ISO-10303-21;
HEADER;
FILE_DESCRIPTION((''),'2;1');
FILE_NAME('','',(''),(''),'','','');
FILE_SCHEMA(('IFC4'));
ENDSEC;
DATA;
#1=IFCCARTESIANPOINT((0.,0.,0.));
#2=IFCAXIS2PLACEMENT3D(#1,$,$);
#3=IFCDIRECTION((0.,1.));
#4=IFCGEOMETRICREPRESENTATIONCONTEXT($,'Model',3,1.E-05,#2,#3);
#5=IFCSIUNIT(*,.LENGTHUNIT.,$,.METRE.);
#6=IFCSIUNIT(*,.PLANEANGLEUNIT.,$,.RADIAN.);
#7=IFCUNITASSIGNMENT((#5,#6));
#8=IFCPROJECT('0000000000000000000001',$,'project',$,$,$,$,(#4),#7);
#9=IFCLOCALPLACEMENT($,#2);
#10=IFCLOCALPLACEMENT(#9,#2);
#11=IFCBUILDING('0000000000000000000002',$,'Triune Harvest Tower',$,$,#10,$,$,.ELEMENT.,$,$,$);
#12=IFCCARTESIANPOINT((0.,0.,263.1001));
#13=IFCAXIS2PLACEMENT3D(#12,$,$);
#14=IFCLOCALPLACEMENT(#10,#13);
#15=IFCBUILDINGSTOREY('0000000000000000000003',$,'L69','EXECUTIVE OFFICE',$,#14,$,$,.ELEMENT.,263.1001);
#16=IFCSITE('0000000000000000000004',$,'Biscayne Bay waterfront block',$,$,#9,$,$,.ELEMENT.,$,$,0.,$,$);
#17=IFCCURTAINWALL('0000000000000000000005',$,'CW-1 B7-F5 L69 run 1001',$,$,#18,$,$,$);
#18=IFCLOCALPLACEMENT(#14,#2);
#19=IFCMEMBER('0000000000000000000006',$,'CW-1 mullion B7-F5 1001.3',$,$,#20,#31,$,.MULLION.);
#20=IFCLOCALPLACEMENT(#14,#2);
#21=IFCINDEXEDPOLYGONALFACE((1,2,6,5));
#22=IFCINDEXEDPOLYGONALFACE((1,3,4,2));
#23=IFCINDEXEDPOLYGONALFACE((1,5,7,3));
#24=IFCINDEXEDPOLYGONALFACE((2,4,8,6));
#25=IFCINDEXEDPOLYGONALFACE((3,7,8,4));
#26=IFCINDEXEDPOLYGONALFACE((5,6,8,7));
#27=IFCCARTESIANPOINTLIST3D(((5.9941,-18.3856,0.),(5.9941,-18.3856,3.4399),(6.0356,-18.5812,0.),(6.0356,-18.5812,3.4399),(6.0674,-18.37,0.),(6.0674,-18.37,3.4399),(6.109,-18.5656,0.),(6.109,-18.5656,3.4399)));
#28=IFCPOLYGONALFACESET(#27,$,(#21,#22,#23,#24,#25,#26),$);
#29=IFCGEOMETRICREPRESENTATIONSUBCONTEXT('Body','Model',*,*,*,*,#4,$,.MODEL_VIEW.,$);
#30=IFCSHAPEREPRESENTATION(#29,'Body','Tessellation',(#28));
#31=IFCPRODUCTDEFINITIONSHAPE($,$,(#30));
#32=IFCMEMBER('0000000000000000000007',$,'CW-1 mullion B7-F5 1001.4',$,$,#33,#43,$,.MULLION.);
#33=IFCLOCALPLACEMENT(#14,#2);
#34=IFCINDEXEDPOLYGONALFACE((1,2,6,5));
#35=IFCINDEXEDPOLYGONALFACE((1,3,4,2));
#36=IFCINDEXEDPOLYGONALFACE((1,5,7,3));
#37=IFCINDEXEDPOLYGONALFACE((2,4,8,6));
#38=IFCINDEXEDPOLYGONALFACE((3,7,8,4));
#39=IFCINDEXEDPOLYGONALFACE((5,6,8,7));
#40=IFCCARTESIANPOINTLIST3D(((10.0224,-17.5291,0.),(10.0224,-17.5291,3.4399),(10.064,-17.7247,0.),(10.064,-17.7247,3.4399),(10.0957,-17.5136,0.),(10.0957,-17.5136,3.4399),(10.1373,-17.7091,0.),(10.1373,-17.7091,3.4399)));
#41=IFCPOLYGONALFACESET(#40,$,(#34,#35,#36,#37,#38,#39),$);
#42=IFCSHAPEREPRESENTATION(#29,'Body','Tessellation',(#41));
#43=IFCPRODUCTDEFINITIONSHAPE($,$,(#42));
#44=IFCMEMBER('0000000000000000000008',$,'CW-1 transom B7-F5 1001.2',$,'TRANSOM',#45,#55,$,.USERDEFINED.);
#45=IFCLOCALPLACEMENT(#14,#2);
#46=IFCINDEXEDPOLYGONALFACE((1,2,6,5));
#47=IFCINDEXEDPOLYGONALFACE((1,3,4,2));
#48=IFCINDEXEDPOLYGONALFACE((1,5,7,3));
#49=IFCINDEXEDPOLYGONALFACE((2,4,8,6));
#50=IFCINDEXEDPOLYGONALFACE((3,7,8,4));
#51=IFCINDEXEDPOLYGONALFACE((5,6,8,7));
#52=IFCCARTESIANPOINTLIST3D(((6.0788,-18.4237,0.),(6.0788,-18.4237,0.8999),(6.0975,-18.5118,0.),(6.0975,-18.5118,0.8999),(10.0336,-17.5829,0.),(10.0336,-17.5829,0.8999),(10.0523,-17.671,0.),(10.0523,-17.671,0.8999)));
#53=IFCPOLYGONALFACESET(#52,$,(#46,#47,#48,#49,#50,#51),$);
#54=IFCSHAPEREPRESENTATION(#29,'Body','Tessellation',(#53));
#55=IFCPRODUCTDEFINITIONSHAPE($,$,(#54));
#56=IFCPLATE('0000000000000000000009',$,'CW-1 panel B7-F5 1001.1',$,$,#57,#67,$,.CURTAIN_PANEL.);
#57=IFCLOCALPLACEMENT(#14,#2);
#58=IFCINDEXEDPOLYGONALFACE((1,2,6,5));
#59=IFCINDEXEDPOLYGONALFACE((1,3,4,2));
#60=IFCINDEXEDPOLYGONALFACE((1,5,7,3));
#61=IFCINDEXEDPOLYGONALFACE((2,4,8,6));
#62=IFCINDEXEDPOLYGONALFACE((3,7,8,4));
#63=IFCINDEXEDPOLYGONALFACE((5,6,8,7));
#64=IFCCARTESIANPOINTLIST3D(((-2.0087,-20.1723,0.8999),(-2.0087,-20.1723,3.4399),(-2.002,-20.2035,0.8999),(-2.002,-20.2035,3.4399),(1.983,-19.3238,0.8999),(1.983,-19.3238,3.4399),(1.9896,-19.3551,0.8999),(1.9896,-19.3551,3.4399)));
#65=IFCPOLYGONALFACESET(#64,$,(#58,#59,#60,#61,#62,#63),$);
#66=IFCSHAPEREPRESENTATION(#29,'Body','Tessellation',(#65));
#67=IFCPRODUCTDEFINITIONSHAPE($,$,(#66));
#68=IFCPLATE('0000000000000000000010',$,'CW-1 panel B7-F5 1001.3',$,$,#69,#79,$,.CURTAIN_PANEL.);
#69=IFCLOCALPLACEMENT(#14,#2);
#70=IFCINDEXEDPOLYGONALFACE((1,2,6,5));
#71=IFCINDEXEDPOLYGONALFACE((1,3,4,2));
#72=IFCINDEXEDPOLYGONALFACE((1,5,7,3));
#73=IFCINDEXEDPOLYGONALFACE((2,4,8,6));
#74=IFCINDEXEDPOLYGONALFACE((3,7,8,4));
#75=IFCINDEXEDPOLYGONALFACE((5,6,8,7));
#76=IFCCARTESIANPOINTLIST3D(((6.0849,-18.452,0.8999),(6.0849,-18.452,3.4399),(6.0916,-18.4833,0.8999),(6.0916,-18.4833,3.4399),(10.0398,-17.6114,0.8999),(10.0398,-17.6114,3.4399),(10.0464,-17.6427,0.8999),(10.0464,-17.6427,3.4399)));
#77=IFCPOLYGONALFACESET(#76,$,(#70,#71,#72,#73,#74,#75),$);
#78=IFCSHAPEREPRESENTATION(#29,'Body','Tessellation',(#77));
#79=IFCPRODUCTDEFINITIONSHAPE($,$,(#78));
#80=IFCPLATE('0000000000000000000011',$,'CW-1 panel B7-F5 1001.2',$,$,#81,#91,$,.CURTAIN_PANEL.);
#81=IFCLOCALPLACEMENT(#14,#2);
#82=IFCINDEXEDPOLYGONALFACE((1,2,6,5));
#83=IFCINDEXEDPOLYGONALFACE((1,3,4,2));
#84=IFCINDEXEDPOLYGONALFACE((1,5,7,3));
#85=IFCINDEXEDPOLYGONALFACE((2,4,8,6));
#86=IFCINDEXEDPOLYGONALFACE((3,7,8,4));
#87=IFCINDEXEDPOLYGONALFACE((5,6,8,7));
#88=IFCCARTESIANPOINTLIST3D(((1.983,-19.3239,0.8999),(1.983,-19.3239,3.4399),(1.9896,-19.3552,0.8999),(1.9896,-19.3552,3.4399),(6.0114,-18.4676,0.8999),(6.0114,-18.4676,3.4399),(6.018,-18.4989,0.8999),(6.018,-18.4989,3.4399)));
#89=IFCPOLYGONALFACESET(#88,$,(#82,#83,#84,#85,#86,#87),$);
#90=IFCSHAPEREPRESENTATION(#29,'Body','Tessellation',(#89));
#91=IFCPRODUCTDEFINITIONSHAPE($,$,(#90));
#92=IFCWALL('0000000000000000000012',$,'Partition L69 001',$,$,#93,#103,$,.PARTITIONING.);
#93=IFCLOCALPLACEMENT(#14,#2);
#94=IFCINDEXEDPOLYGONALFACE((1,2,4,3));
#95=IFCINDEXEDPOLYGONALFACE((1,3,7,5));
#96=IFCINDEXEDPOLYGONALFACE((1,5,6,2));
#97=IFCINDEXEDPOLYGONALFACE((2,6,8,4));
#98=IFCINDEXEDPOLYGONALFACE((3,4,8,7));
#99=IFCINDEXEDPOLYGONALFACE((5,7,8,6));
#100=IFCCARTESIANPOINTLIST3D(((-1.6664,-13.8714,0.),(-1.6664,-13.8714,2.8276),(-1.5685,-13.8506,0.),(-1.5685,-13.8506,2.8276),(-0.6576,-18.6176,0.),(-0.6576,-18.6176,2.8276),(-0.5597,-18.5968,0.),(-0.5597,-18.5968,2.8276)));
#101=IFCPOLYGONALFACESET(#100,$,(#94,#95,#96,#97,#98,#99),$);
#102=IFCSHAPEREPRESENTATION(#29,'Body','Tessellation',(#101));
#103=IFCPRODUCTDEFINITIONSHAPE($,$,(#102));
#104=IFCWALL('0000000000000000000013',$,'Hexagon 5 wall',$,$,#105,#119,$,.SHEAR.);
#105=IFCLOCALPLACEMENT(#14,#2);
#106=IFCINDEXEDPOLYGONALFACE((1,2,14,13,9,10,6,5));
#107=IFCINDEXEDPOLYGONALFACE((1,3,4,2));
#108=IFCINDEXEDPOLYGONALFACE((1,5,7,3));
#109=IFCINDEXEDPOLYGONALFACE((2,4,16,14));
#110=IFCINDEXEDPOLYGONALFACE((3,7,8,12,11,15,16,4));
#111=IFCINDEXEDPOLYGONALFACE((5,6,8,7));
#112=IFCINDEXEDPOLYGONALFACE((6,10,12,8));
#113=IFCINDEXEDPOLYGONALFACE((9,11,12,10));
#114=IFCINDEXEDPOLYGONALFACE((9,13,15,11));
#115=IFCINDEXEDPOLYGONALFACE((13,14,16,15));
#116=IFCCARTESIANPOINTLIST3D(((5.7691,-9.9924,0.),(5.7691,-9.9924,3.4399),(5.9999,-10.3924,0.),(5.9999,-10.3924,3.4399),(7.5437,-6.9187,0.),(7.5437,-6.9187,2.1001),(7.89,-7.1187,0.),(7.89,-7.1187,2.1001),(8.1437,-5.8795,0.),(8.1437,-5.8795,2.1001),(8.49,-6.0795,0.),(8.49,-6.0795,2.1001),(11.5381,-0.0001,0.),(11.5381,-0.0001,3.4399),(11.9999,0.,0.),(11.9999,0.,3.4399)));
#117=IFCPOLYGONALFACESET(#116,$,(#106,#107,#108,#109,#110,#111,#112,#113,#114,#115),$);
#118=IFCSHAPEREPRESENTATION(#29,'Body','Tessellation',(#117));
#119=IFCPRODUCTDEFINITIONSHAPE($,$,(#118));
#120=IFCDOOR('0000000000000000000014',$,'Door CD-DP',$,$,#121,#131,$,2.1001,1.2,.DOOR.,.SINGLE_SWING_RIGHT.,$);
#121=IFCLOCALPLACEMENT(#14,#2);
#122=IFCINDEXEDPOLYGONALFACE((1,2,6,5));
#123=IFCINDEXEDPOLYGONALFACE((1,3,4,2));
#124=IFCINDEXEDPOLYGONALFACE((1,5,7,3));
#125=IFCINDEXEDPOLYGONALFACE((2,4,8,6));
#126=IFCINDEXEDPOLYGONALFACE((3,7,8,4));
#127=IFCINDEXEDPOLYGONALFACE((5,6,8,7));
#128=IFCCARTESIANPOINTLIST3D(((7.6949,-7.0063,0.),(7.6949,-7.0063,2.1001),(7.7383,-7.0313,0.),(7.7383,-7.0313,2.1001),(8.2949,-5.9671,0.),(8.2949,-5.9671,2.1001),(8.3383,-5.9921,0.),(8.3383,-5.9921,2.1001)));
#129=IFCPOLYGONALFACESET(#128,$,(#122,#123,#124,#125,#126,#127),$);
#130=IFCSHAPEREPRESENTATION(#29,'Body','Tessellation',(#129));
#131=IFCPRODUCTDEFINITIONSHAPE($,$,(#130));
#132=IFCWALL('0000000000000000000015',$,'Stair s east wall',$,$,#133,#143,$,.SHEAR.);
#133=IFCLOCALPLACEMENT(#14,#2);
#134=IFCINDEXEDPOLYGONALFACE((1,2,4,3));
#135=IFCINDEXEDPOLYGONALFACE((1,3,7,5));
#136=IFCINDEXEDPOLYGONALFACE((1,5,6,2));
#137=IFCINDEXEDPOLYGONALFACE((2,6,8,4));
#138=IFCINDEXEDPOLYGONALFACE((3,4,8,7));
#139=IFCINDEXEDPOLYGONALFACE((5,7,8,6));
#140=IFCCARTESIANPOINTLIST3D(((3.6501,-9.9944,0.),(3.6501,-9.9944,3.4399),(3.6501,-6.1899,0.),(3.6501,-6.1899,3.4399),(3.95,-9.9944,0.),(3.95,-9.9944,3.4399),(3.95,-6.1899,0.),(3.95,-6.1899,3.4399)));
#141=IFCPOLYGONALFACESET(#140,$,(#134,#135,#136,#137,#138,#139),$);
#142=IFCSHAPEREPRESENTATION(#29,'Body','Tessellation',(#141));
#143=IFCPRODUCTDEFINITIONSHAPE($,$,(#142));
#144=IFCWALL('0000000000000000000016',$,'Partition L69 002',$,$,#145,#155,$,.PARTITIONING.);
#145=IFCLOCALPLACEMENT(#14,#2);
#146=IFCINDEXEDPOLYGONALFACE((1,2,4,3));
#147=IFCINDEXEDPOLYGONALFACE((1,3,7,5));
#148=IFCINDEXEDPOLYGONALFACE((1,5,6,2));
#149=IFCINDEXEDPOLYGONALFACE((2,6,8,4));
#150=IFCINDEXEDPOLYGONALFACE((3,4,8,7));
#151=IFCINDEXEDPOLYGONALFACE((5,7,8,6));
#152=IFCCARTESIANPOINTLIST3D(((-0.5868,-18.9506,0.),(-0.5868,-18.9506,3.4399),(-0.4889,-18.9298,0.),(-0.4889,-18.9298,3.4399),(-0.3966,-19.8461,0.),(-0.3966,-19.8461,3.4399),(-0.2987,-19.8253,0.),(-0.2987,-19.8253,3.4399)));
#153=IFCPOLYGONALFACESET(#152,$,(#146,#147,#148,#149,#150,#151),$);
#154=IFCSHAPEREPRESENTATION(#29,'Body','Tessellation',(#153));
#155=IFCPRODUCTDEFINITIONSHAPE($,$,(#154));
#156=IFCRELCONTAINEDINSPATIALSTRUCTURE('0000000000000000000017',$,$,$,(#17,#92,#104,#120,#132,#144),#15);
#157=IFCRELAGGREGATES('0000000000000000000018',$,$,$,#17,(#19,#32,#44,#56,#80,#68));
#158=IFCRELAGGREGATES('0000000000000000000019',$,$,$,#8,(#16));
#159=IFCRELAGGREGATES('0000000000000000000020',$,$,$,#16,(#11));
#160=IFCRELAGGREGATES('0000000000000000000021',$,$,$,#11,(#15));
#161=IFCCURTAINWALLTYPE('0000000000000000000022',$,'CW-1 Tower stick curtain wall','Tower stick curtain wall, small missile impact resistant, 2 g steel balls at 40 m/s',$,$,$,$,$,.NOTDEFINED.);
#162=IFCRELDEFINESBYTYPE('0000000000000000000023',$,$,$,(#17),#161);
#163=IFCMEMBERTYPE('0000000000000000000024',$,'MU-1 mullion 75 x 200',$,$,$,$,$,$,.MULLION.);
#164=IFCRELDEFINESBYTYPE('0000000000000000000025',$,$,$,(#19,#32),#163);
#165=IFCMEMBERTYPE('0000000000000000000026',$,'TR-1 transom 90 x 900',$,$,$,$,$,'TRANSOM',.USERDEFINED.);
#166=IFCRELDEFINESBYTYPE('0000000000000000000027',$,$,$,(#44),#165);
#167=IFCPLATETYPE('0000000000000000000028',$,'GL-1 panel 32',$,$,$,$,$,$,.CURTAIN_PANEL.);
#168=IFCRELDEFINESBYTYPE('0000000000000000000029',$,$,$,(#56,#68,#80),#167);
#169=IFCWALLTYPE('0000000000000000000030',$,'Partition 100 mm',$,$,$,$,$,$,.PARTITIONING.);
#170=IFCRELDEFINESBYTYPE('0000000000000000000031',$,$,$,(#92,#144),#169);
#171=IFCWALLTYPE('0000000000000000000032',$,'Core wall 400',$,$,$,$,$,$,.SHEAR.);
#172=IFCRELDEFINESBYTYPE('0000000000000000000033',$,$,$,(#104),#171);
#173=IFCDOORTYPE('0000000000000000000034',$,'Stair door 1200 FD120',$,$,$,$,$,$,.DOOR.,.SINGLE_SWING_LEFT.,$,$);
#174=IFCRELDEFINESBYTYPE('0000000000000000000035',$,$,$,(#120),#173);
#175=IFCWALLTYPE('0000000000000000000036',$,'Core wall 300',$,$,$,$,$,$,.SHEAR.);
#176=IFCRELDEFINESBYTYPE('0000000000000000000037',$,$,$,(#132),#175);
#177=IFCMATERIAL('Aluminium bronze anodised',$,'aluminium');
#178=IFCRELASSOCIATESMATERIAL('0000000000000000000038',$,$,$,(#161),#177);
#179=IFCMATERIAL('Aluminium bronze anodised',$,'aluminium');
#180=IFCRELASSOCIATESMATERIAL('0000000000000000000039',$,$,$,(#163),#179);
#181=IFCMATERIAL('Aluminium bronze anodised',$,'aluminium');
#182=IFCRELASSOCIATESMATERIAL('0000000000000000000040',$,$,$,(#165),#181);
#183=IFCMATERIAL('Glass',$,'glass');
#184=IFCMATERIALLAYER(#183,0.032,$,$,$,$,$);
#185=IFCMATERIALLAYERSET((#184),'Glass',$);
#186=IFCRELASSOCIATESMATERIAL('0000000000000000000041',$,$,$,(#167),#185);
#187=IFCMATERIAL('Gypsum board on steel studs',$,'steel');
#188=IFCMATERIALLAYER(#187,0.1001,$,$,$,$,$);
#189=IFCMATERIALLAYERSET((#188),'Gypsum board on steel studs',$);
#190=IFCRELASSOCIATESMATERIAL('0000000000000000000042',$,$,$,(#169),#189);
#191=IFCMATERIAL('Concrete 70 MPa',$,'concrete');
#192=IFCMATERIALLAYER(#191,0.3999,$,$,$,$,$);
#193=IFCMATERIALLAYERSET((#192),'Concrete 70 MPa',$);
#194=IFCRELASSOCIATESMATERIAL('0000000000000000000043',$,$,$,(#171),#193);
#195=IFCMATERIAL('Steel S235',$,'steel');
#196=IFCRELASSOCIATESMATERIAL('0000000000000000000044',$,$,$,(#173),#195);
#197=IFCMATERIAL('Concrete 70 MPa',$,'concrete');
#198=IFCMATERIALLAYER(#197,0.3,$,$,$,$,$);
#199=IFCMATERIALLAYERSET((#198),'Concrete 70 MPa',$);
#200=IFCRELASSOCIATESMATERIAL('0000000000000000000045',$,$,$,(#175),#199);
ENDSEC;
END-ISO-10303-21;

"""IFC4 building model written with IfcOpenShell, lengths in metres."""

from ifc_helpers import new_model, si_unit, direction, frame, frame_2d, origin, origin_2d, place, context, subcontext, project, spatial, polyline, rectangle, outline, extrude, source, transform, mapped, material, layer, layer_set, material_profile, profile_set, type_object, element, fill, aggregate, save


model = new_model("IFC4")

# Units and contexts
model_context = context("Model", 3, precision=1e-05, world=origin(), true_north=direction((0.0, 1.0)))
body_context = subcontext(model_context, "Body", "Model", "MODEL_VIEW")
ifc_project = project(units=[si_unit("LENGTHUNIT", "METRE"), si_unit("PLANEANGLEUNIT", "RADIAN")], contexts=[model_context])

# Site, building, storey
site_placement = place(None, origin())
site = spatial("IfcSite", under=ifc_project, at=site_placement, Name="Biscayne Bay waterfront block", CompositionType="ELEMENT", RefElevation=0.0)
building_placement = place(site_placement, origin())
building = spatial("IfcBuilding", under=site, at=building_placement, Name="Triune Harvest Tower", CompositionType="ELEMENT")
storey_placement = place(building_placement, frame((0.0, 0.0, 263.1001)))
storey = spatial("IfcBuildingStorey", under=building, at=storey_placement, Name="L69", Description="EXECUTIVE OFFICE", CompositionType="ELEMENT", Elevation=263.1001)

# Curtain wall, members, plates
ifc_material_1 = material(Name="Aluminium bronze anodised", Category="aluminium")
curtain_wall_type = type_object("IfcCurtainWallType", Name="CW-1 Tower stick curtain wall", Description="Tower stick curtain wall, small missile impact resistant, 2 g steel balls at 40 m/s", PredefinedType="NOTDEFINED", material=ifc_material_1)
curtain_wall_placement = place(storey_placement, origin())
curtain_wall = element("IfcCurtainWall", 1, at=curtain_wall_placement, inside=storey, type_object=curtain_wall_type, Name="CW-1 B7-F5 L69 run 1001")
ifc_material_2 = material(Name="Aluminium bronze anodised", Category="aluminium")
ifc_material_profile_1 = material_profile(ifc_material_2, rectangle(XDim=0.2, YDim=0.075, at=origin_2d()), Name="MU-1 mullion 75 x 200")
ifc_profile_set_1 = profile_set([ifc_material_profile_1], Name="Aluminium bronze anodised")
member_type_1 = type_object("IfcMemberType", Name="MU-1 mullion 75 x 200", PredefinedType="MULLION", material=ifc_profile_set_1)
shared_shape_1 = source(origin(), body_context, "Body", "SweptSolid", [
    extrude(rectangle(XDim=0.2, YDim=0.075, at=origin_2d()), origin(), (0.0, 0.0, 1.0), 3.4399),
])
member_1_placement = place(storey_placement, frame((6.0515, -18.4756, 0.0), z_axis=(0.0, 0.0, 1.0), x_axis=(-0.207917, 0.978146, 0.0)))
member_1 = element("IfcMember", 2, at=member_1_placement, type_object=member_type_1, Name="CW-1 mullion B7-F5 1001.3", PredefinedType="MULLION", context=body_context, shape_type="MappedRepresentation", body=[
    mapped(shared_shape_1, transform((0.0, 0.0, 0.0), scale=1.0)),
])
member_2_placement = place(storey_placement, frame((10.0798, -17.6191, 0.0), z_axis=(0.0, 0.0, 1.0), x_axis=(-0.207917, 0.978146, 0.0)))
member_2 = element("IfcMember", 3, at=member_2_placement, type_object=member_type_1, Name="CW-1 mullion B7-F5 1001.4", PredefinedType="MULLION", context=body_context, shape_type="MappedRepresentation", body=[
    mapped(shared_shape_1, transform((0.0, 0.0, 0.0), scale=1.0)),
])
ifc_material_3 = material(Name="Aluminium bronze anodised", Category="aluminium")
ifc_material_profile_2 = material_profile(ifc_material_3, rectangle(XDim=0.0901, YDim=0.8999, at=origin_2d()), Name="TR-1 transom 90 x 900")
ifc_profile_set_2 = profile_set([ifc_material_profile_2], Name="Aluminium bronze anodised")
member_type_2 = type_object("IfcMemberType", Name="TR-1 transom 90 x 900", ElementType="TRANSOM", PredefinedType="USERDEFINED", material=ifc_profile_set_2)
shared_shape_2 = source(origin(), body_context, "Body", "SweptSolid", [
    extrude(rectangle(XDim=0.0901, YDim=0.8999, at=origin_2d()), origin(), (0.0, 0.0, 1.0), 4.0432),
])
member_3_placement = place(storey_placement, frame((6.0881, -18.4678, 0.45), z_axis=(0.978138, 0.207958, 0.0), x_axis=(-0.207958, 0.978138, 0.0)))
member_3 = element("IfcMember", 4, at=member_3_placement, type_object=member_type_2, Name="CW-1 transom B7-F5 1001.2", ObjectType="TRANSOM", PredefinedType="USERDEFINED", context=body_context, shape_type="MappedRepresentation", body=[
    mapped(shared_shape_2, transform((0.0, 0.0, 0.0), scale=1.0)),
])
ifc_material_4 = material(Name="Glass", Category="glass")
ifc_layer_1 = layer(ifc_material_4, 0.032)
ifc_layer_set_1 = layer_set([ifc_layer_1], Name="Glass")
plate_type = type_object("IfcPlateType", Name="GL-1 panel 32", PredefinedType="CURTAIN_PANEL", material=ifc_layer_set_1)
shared_shape_3 = source(origin(), body_context, "Body", "SweptSolid", [
    extrude(rectangle(XDim=4.0808, YDim=0.032, at=origin_2d()), origin(), (0.0, 0.0, 1.0), 2.54),
])
plate_1_placement = place(storey_placement, frame((-0.0095, -19.7637, 0.8999), z_axis=(0.0, 0.0, 1.0), x_axis=(0.978146, 0.207917, 0.0)))
plate_1 = element("IfcPlate", 5, at=plate_1_placement, type_object=plate_type, Name="CW-1 panel B7-F5 1001.1", PredefinedType="CURTAIN_PANEL", context=body_context, shape_type="MappedRepresentation", body=[
    mapped(shared_shape_3, transform((0.0, 0.0, 0.0), scale=1.0)),
])
shared_shape_4 = source(origin(), body_context, "Body", "SweptSolid", [
    extrude(rectangle(XDim=4.0432, YDim=0.032, at=origin_2d()), origin(), (0.0, 0.0, 1.0), 2.54),
])
plate_2_placement = place(storey_placement, frame((8.0657, -18.0474, 0.8999), z_axis=(0.0, 0.0, 1.0), x_axis=(0.978146, 0.207917, 0.0)))
plate_2 = element("IfcPlate", 6, at=plate_2_placement, type_object=plate_type, Name="CW-1 panel B7-F5 1001.3", PredefinedType="CURTAIN_PANEL", context=body_context, shape_type="MappedRepresentation", body=[
    mapped(shared_shape_4, transform((0.0, 0.0, 0.0), scale=1.0)),
])
shared_shape_5 = source(origin(), body_context, "Body", "SweptSolid", [
    extrude(rectangle(XDim=4.1184, YDim=0.032, at=origin_2d()), origin(), (0.0, 0.0, 1.0), 2.54),
])
plate_3_placement = place(storey_placement, frame((4.0005, -18.9114, 0.8999), z_axis=(0.0, 0.0, 1.0), x_axis=(0.978146, 0.207917, 0.0)))
plate_3 = element("IfcPlate", 7, at=plate_3_placement, type_object=plate_type, Name="CW-1 panel B7-F5 1001.2", PredefinedType="CURTAIN_PANEL", context=body_context, shape_type="MappedRepresentation", body=[
    mapped(shared_shape_5, transform((0.0, 0.0, 0.0), scale=1.0)),
])
aggregate(curtain_wall, [member_1, member_2, member_3, plate_1, plate_3, plate_2])

# Wall
ifc_material_5 = material(Name="Gypsum board on steel studs", Category="steel")
ifc_layer_2 = layer(ifc_material_5, 0.1001)
ifc_layer_set_2 = layer_set([ifc_layer_2], Name="Gypsum board on steel studs")
wall_type_1 = type_object("IfcWallType", Name="Partition 100 mm", PredefinedType="PARTITIONING", material=ifc_layer_set_2)
wall_1_placement = place(storey_placement, frame((-1.6174, -13.8608, 0.0), z_axis=(0.0, 0.0, 1.0), x_axis=(0.207897, -0.978151, 0.0)))
element("IfcWall", 8, at=wall_1_placement, inside=storey, type_object=wall_type_1, Name="Partition L69 001", PredefinedType="PARTITIONING", context=body_context, shape_type="SweptSolid", body=[
    extrude(rectangle(XDim=4.8523, YDim=0.1001, at=frame_2d((2.4263, 0.0))), origin(), (0.0, 0.0, 1.0), 2.8276),
])

# Wall, opening, door
ifc_material_6 = material(Name="Concrete 70 MPa", Category="concrete")
ifc_layer_3 = layer(ifc_material_6, 0.3999)
ifc_layer_set_3 = layer_set([ifc_layer_3], Name="Concrete 70 MPa")
wall_type_2 = type_object("IfcWallType", Name="Core wall 400", PredefinedType="SHEAR", material=ifc_layer_set_3)
shared_shape_6 = source(origin(), body_context, "Body", "SweptSolid", [
    extrude(outline(polyline([(-0.1155, -0.2), (11.8845, -0.2), (11.6536, 0.2), (0.1155, 0.2), (-0.1155, -0.2)])), origin(), (0.0, 0.0, 1.0), 3.4399),
])
wall_2_placement = place(storey_placement, frame((5.8845, -10.1924, 0.0), z_axis=(0.0, 0.0, 1.0), x_axis=(0.499997, 0.866027, 0.0)))
wall_2 = element("IfcWall", 9, at=wall_2_placement, inside=storey, type_object=wall_type_2, Name="Hexagon 5 wall", PredefinedType="SHEAR", context=body_context, shape_type="MappedRepresentation", body=[
    mapped(shared_shape_6, transform((0.0, 0.0, 0.0), scale=1.0)),
])
opening_1_placement = place(wall_2_placement, frame((3.6646, 0.0, 0.0)))
opening_1 = element("IfcOpeningElement", 10, at=opening_1_placement, cuts=wall_2, PredefinedType="OPENING", context=body_context, shape_type="SweptSolid", body=[
    extrude(rectangle(XDim=1.2, YDim=2.1001, at=frame_2d((0.6001, 1.05))), frame((0.0, 0.21, 0.0), z_axis=(0.0, -1.0, 0.0), x_axis=(1.0, 0.0, 0.0)), (0.0, 0.0, 1.0), 0.4199),
])
ifc_material_7 = material(Name="Steel S235", Category="steel")
door_type_1 = type_object("IfcDoorType", Name="Stair door 1200 FD120", OperationType="SINGLE_SWING_LEFT", PredefinedType="DOOR", material=ifc_material_7)
door_1_placement = place(opening_1_placement, frame((1.2, 0.0, 0.0), z_axis=(0.0, 0.0, 1.0), x_axis=(-1.0, 0.0, 0.0)))
door_1 = element("IfcDoor", 11, at=door_1_placement, inside=storey, type_object=door_type_1, Name="Door CD-DP", OperationType="SINGLE_SWING_RIGHT", OverallHeight=2.1001, OverallWidth=1.2, PredefinedType="DOOR", context=body_context, shape_type="SweptSolid", body=[
    extrude(rectangle(XDim=1.2, YDim=2.1001, at=frame_2d((0.6001, 1.05))), frame((0.0, 0.0249, 0.0), z_axis=(0.0, -1.0, 0.0), x_axis=(1.0, 0.0, 0.0)), (0.0, 0.0, 1.0), 0.05),
])
fill(opening_1, door_1)

# Walls
ifc_material_8 = material(Name="Concrete 70 MPa", Category="concrete")
ifc_layer_4 = layer(ifc_material_8, 0.3)
ifc_layer_set_4 = layer_set([ifc_layer_4], Name="Concrete 70 MPa")
wall_type_3 = type_object("IfcWallType", Name="Core wall 300", PredefinedType="SHEAR", material=ifc_layer_set_4)
shared_shape_7 = source(origin(), body_context, "Body", "SweptSolid", [
    extrude(outline(polyline([(3.8, -0.1499), (-0.0044, -0.1499), (-0.0044, 0.1499), (3.8, 0.1499), (3.8, -0.1499)])), origin(), (0.0, 0.0, 1.0), 3.4399),
])
wall_3_placement = place(storey_placement, frame((3.8, -9.99, 0.0), z_axis=(0.0, 0.0, 1.0), x_axis=(0.0, 1.0, 0.0)))
element("IfcWall", 12, at=wall_3_placement, inside=storey, type_object=wall_type_3, Name="Stair s east wall", PredefinedType="SHEAR", context=body_context, shape_type="MappedRepresentation", body=[
    mapped(shared_shape_7, transform((0.0, 0.0, 0.0), scale=1.0)),
])
shared_shape_8 = source(origin(), body_context, "Body", "SweptSolid", [
    extrude(rectangle(XDim=0.9155, YDim=0.1001, at=frame_2d((0.4578, 0.0))), origin(), (0.0, 0.0, 1.0), 3.4399),
])
wall_4_placement = place(storey_placement, frame((-0.5378, -18.9402, 0.0), z_axis=(0.0, 0.0, 1.0), x_axis=(0.207744, -0.978183, 0.0)))
element("IfcWall", 13, at=wall_4_placement, inside=storey, type_object=wall_type_1, Name="Partition L69 002", PredefinedType="PARTITIONING", context=body_context, shape_type="MappedRepresentation", body=[
    mapped(shared_shape_8, transform((0.0, 0.0, 0.0), scale=1.0)),
])

save(model, "model.ifc")
